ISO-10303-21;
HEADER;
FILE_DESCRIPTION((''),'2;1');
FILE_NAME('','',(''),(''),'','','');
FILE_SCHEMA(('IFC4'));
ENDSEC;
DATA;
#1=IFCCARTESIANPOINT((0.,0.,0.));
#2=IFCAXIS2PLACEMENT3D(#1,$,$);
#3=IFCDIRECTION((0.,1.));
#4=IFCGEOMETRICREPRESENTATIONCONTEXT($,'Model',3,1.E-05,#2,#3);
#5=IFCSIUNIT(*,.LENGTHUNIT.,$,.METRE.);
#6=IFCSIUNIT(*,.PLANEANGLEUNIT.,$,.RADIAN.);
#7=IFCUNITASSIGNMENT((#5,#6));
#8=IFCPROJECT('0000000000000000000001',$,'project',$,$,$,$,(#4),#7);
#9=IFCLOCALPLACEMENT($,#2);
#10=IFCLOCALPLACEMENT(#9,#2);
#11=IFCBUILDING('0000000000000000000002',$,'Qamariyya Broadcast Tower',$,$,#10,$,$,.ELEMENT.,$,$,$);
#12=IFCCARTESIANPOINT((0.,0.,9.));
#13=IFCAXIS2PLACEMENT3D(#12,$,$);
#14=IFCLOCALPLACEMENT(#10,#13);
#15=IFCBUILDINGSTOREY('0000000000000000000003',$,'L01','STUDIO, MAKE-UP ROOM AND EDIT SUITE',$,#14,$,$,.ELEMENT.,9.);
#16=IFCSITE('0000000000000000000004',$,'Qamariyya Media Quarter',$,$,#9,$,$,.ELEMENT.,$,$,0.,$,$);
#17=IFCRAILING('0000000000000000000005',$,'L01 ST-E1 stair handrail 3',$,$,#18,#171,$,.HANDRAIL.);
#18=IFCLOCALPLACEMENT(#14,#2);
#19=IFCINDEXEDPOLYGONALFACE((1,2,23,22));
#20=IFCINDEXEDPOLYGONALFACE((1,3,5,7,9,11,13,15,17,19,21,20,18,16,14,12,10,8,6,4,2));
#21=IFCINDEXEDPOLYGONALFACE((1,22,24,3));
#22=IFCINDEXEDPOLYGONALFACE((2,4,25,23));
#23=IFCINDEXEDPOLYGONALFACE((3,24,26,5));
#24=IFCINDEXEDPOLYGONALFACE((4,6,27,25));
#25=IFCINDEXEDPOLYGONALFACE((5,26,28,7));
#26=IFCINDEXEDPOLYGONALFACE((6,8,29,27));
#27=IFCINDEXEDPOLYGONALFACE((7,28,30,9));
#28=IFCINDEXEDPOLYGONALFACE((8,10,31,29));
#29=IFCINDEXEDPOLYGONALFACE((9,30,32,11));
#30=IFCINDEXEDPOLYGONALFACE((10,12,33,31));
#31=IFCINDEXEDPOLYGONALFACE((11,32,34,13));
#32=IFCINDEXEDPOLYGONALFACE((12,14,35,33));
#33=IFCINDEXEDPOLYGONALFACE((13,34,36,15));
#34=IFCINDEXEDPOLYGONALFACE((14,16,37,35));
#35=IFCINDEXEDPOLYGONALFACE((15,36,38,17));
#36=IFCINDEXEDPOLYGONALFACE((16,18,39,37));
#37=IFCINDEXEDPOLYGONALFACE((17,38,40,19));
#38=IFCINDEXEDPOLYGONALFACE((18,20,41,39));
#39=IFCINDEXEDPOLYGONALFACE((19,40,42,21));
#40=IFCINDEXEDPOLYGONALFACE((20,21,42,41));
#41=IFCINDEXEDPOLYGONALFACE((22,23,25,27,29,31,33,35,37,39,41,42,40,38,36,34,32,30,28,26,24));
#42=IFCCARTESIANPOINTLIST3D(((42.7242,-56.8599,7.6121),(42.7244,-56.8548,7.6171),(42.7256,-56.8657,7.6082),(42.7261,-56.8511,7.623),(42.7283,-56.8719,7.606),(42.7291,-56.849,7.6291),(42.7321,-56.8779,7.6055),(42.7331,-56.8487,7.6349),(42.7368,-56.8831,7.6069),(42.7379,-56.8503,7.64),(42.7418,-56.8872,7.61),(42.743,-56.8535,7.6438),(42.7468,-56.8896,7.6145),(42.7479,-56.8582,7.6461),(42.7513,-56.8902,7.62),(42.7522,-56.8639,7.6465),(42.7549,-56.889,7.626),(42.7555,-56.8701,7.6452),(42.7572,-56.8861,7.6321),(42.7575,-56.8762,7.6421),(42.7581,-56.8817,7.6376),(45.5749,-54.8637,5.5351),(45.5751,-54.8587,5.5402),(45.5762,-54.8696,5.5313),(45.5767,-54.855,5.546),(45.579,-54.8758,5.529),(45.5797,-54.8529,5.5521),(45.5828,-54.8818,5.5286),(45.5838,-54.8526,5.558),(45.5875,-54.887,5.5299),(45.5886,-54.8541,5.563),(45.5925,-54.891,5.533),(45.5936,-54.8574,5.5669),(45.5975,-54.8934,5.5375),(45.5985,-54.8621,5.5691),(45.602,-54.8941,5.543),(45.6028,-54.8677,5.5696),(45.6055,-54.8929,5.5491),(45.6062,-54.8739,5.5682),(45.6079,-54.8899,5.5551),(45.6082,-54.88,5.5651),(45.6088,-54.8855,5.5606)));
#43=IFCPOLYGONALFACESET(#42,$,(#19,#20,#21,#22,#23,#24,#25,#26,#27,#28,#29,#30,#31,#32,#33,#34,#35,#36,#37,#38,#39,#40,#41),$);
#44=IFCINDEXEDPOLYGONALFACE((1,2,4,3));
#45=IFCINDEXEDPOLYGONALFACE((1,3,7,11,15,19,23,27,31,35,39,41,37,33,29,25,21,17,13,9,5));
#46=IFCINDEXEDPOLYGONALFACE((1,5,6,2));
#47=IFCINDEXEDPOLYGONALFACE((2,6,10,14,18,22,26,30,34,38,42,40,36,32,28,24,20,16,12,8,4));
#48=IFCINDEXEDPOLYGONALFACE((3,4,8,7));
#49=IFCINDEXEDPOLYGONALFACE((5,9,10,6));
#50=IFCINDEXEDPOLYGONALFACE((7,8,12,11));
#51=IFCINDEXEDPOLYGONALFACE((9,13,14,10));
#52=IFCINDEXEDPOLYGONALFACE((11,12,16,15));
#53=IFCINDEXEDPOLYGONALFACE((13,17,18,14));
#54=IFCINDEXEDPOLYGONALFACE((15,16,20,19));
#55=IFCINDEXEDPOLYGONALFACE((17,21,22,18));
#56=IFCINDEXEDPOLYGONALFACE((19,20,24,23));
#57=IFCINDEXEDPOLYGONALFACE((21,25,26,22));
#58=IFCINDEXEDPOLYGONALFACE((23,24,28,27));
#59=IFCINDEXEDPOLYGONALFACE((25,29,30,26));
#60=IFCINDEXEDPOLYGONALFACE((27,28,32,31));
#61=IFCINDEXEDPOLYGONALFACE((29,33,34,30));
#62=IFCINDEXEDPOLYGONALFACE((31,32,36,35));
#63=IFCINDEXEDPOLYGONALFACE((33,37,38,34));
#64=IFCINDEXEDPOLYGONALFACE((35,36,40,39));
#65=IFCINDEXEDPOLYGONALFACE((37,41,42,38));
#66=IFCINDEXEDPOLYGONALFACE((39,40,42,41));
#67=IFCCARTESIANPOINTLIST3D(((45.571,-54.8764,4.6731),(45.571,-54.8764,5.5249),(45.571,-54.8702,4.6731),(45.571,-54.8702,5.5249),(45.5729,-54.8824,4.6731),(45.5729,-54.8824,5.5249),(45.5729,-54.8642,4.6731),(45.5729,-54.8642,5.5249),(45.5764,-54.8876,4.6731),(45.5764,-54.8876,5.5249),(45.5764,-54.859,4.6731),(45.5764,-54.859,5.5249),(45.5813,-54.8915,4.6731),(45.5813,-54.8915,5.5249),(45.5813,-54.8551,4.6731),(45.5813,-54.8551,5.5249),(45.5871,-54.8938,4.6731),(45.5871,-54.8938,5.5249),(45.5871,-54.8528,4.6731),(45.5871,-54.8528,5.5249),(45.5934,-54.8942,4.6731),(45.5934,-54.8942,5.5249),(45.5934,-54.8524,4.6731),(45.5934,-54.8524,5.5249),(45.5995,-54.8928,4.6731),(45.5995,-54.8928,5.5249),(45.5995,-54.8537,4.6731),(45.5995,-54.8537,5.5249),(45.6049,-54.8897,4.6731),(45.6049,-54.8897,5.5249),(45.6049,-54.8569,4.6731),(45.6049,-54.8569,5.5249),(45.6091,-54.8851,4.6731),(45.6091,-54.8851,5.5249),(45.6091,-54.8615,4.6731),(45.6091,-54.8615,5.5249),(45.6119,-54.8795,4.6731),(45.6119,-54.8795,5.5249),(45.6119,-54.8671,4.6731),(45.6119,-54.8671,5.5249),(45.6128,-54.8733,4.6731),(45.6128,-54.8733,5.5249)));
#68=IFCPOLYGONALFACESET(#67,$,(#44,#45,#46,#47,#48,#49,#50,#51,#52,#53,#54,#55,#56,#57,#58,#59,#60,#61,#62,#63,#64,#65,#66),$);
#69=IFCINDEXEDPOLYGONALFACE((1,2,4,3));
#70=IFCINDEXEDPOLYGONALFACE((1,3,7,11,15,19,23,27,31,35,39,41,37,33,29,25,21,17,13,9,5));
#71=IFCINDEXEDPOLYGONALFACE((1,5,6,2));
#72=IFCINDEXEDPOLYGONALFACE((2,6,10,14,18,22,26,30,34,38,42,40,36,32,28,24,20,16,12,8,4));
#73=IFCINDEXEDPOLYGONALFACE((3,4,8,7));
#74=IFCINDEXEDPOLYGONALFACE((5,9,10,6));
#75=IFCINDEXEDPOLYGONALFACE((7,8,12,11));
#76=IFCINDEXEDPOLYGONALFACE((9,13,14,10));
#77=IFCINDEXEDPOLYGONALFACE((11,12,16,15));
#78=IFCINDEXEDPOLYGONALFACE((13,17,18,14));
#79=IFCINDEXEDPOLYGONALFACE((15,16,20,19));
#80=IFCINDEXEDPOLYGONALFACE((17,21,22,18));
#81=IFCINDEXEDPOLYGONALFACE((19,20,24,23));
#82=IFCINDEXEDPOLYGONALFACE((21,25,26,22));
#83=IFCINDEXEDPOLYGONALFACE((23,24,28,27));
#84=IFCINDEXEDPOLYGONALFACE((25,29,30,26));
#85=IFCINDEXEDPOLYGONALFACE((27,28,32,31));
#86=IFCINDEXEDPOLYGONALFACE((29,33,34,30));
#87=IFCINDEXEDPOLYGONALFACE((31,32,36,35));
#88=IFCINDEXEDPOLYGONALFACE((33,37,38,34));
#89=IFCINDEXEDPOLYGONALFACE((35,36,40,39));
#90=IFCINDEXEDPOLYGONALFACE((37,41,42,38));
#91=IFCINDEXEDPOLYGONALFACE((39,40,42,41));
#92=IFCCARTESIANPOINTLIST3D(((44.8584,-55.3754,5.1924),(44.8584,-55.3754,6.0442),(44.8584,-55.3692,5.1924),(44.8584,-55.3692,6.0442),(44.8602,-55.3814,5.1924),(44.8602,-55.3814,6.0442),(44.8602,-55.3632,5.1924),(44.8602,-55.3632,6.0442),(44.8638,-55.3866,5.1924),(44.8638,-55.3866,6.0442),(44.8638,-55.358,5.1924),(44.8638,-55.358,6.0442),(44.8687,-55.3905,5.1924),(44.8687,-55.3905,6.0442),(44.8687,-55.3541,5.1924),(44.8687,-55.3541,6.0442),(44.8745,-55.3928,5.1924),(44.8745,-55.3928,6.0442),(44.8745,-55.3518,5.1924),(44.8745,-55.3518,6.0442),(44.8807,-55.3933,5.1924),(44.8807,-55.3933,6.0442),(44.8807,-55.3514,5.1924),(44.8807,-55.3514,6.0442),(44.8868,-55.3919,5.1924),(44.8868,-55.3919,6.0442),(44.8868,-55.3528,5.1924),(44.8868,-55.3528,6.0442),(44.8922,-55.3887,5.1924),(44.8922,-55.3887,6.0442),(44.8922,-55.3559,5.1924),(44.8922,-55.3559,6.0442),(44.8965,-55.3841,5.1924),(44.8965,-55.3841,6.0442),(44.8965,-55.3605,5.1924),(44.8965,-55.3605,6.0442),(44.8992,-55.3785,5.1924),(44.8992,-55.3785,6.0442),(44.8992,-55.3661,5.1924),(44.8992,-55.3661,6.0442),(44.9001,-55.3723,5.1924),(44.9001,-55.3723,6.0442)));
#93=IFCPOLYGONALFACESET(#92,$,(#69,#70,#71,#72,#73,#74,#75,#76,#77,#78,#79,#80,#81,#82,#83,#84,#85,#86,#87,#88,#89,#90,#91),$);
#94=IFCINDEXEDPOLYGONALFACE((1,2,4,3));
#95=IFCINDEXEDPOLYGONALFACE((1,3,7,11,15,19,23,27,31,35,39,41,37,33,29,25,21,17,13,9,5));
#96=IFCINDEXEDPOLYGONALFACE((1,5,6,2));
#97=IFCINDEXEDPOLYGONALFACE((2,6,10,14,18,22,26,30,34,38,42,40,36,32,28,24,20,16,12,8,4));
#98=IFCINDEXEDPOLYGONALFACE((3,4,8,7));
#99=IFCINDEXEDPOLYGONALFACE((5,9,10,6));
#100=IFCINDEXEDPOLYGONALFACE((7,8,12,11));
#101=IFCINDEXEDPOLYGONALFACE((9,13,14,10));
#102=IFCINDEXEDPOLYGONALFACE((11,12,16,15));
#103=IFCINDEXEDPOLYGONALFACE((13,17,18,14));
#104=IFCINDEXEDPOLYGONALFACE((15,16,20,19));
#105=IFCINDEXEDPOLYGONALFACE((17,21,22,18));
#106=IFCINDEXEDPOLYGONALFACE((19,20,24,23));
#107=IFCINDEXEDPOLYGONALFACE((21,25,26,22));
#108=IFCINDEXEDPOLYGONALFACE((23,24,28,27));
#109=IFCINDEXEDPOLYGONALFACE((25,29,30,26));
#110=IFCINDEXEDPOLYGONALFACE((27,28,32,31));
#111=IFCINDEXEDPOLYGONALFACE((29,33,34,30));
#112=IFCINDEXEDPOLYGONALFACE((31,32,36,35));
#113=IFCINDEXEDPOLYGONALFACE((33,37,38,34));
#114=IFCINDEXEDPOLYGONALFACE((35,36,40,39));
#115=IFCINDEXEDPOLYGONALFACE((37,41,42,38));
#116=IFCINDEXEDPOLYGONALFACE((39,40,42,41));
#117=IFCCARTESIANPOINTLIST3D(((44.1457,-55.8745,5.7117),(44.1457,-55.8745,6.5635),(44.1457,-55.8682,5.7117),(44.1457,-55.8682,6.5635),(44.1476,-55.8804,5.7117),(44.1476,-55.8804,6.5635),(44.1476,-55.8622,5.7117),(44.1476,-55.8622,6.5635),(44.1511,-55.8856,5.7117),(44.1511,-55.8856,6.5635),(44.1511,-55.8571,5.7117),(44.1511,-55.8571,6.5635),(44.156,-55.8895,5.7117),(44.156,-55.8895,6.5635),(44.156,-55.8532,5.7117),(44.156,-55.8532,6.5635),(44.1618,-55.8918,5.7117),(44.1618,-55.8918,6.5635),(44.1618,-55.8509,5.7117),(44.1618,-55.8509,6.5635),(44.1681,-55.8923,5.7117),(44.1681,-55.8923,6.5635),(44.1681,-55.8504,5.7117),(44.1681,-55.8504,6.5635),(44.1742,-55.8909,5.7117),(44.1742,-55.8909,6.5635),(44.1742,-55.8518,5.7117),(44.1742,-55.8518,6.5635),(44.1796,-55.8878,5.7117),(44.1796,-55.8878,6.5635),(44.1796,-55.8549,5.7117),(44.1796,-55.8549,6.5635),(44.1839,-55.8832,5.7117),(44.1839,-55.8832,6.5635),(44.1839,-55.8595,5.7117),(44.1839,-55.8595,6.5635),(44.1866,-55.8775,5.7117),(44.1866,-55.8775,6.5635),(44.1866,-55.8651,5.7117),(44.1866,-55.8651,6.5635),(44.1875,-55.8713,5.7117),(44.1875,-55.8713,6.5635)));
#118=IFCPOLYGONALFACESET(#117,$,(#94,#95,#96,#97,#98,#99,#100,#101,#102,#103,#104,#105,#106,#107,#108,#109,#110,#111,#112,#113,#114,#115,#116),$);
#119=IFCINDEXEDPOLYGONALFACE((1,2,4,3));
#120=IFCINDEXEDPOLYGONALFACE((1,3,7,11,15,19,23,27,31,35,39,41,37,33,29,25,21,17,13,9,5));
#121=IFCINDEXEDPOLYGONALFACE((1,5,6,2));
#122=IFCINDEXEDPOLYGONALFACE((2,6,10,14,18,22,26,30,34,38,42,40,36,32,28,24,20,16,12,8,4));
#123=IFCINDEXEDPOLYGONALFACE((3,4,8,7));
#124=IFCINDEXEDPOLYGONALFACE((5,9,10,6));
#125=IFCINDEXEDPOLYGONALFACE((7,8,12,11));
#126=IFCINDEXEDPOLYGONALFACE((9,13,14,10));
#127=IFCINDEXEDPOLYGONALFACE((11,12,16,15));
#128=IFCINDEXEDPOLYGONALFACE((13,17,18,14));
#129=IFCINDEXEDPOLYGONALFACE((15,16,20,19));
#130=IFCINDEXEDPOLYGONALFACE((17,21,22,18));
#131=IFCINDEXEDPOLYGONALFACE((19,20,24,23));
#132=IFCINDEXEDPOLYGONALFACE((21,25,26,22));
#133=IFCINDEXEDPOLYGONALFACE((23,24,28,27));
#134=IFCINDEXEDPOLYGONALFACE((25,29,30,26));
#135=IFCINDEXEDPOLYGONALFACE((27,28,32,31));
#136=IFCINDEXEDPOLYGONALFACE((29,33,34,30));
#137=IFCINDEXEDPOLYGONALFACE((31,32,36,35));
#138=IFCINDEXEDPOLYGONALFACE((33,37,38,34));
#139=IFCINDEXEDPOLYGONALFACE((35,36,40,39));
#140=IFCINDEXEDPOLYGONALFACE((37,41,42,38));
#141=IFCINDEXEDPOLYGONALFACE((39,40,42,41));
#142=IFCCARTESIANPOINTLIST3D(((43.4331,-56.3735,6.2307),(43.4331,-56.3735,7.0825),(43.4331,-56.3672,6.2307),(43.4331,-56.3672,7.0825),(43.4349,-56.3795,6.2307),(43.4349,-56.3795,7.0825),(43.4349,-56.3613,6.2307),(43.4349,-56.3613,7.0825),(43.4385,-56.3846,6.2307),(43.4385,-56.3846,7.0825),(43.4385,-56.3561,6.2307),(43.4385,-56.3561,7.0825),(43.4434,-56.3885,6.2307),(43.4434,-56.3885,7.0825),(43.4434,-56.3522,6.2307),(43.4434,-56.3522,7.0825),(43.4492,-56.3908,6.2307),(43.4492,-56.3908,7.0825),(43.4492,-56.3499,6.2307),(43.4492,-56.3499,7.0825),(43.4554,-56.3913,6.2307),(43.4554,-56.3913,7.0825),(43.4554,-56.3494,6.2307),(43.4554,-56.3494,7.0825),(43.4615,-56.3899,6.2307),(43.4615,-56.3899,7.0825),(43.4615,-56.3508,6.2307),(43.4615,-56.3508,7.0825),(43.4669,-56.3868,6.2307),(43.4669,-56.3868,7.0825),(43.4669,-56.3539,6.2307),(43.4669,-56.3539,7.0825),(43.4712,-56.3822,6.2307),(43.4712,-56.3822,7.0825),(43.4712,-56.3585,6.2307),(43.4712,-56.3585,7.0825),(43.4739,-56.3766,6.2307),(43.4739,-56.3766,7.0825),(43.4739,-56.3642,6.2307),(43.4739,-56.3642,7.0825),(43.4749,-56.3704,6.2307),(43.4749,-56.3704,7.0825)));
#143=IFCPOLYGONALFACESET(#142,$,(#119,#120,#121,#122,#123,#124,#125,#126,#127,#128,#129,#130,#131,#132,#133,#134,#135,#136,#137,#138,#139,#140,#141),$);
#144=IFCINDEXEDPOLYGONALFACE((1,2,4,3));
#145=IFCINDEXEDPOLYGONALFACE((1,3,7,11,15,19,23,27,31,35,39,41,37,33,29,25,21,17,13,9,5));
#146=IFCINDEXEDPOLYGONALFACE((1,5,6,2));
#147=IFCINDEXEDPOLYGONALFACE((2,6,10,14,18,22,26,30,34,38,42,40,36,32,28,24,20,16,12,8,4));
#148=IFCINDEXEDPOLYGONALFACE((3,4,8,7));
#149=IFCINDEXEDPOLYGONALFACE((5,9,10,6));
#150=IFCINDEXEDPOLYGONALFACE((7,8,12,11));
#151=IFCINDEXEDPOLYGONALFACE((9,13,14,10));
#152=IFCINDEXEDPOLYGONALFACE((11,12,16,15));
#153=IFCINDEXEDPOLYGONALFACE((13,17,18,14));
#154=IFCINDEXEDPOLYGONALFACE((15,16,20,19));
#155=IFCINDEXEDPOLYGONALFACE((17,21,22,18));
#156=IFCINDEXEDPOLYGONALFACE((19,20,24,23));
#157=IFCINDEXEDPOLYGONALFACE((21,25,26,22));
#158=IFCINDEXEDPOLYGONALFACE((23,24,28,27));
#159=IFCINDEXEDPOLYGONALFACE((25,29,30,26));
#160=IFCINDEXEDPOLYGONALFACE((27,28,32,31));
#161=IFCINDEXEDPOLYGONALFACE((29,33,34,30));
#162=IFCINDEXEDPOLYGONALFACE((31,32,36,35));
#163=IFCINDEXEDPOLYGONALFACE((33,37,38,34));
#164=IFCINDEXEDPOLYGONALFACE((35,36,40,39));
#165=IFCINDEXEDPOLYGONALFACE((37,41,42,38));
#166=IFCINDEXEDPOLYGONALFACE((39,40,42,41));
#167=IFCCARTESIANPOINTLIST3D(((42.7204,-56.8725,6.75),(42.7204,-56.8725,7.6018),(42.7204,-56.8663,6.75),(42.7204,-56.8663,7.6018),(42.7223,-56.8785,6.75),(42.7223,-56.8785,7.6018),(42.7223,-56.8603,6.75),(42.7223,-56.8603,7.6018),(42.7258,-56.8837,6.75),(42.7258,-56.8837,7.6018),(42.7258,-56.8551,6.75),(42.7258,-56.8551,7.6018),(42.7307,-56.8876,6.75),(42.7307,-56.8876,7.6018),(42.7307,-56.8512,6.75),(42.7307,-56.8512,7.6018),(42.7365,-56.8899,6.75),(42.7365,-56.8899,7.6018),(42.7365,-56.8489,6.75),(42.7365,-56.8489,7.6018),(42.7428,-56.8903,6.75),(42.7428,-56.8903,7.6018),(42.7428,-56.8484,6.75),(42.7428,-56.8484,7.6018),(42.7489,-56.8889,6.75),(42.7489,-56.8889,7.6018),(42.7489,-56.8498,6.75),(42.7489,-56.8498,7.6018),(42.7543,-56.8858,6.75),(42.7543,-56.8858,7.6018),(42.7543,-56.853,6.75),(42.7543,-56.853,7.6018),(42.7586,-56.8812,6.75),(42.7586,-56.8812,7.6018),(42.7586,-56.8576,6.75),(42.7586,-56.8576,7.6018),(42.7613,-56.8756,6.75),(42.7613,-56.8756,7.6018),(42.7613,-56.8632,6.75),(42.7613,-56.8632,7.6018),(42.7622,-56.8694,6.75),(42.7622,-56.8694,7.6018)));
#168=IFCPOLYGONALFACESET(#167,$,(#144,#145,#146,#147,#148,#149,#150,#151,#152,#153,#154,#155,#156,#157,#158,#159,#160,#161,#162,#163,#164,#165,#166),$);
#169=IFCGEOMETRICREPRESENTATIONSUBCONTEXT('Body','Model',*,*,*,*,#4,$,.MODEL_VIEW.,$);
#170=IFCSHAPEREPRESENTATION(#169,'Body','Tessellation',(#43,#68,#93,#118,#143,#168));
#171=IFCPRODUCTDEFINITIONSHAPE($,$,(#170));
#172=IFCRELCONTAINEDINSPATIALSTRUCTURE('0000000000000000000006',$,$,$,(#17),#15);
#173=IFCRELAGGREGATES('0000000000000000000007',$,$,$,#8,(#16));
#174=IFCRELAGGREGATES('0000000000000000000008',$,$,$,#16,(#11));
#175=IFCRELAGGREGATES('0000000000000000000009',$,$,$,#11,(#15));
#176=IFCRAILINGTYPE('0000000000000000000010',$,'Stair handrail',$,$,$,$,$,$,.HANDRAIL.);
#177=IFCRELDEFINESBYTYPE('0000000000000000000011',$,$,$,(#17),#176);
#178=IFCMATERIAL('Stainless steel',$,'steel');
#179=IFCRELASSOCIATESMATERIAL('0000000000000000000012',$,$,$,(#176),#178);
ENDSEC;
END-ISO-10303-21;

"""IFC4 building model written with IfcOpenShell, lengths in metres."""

from ifc_helpers import new_model, si_unit, direction, frame, origin, origin_2d, place, context, subcontext, project, spatial, circle, extrude, material, type_object, element, save


model = new_model("IFC4")

# Units and contexts
model_context = context("Model", 3, precision=1e-05, world=origin(), true_north=direction((0.0, 1.0)))
body_context = subcontext(model_context, "Body", "Model", "MODEL_VIEW")
ifc_project = project(units=[si_unit("LENGTHUNIT", "METRE"), si_unit("PLANEANGLEUNIT", "RADIAN")], contexts=[model_context])

# Site, building, storey
site_placement = place(None, origin())
site = spatial("IfcSite", under=ifc_project, at=site_placement, Name="Qamariyya Media Quarter", CompositionType="ELEMENT", RefElevation=0.0)
building_placement = place(site_placement, origin())
building = spatial("IfcBuilding", under=site, at=building_placement, Name="Qamariyya Broadcast Tower", CompositionType="ELEMENT")
storey_placement = place(building_placement, frame((0.0, 0.0, 9.0)))
storey = spatial("IfcBuildingStorey", under=building, at=storey_placement, Name="L01", Description="STUDIO, MAKE-UP ROOM AND EDIT SUITE", CompositionType="ELEMENT", Elevation=9.0)

# Railing
ifc_material_1 = material(Name="Stainless steel", Category="steel")
railing_type_1 = type_object("IfcRailingType", Name="Stair handrail", PredefinedType="HANDRAIL", material=ifc_material_1)
railing_1_placement = place(storey_placement, frame((45.5918, -54.8733, 4.6731)))
element("IfcRailing", 1, at=railing_1_placement, inside=storey, type_object=railing_type_1, Name="L01 ST-E1 stair handrail 3", PredefinedType="HANDRAIL", context=body_context, shape_type="SweptSolid", body=[
    extrude(circle(Radius=0.0239, at=origin_2d()), frame((0.0, 0.0, 0.876), z_axis=(-0.703393, -0.492544, 0.512484), x_axis=(0.573594, -0.81914, 0.0)), (0.0, 0.0, 1.0), 4.0527),
    extrude(circle(Radius=0.021, at=origin_2d()), origin(), (0.0, 0.0, 1.0), 0.8518),
    extrude(circle(Radius=0.021, at=origin_2d()), frame((-0.7126, -0.499, 0.5193)), (0.0, 0.0, 1.0), 0.8518),
    extrude(circle(Radius=0.021, at=origin_2d()), frame((-1.4253, -0.998, 1.0386)), (0.0, 0.0, 1.0), 0.8518),
    extrude(circle(Radius=0.021, at=origin_2d()), frame((-2.1379, -1.4971, 1.5576)), (0.0, 0.0, 1.0), 0.8518),
    extrude(circle(Radius=0.021, at=origin_2d()), frame((-2.8506, -1.9961, 2.0769)), (0.0, 0.0, 1.0), 0.8518),
])

save(model, "model.ifc")
